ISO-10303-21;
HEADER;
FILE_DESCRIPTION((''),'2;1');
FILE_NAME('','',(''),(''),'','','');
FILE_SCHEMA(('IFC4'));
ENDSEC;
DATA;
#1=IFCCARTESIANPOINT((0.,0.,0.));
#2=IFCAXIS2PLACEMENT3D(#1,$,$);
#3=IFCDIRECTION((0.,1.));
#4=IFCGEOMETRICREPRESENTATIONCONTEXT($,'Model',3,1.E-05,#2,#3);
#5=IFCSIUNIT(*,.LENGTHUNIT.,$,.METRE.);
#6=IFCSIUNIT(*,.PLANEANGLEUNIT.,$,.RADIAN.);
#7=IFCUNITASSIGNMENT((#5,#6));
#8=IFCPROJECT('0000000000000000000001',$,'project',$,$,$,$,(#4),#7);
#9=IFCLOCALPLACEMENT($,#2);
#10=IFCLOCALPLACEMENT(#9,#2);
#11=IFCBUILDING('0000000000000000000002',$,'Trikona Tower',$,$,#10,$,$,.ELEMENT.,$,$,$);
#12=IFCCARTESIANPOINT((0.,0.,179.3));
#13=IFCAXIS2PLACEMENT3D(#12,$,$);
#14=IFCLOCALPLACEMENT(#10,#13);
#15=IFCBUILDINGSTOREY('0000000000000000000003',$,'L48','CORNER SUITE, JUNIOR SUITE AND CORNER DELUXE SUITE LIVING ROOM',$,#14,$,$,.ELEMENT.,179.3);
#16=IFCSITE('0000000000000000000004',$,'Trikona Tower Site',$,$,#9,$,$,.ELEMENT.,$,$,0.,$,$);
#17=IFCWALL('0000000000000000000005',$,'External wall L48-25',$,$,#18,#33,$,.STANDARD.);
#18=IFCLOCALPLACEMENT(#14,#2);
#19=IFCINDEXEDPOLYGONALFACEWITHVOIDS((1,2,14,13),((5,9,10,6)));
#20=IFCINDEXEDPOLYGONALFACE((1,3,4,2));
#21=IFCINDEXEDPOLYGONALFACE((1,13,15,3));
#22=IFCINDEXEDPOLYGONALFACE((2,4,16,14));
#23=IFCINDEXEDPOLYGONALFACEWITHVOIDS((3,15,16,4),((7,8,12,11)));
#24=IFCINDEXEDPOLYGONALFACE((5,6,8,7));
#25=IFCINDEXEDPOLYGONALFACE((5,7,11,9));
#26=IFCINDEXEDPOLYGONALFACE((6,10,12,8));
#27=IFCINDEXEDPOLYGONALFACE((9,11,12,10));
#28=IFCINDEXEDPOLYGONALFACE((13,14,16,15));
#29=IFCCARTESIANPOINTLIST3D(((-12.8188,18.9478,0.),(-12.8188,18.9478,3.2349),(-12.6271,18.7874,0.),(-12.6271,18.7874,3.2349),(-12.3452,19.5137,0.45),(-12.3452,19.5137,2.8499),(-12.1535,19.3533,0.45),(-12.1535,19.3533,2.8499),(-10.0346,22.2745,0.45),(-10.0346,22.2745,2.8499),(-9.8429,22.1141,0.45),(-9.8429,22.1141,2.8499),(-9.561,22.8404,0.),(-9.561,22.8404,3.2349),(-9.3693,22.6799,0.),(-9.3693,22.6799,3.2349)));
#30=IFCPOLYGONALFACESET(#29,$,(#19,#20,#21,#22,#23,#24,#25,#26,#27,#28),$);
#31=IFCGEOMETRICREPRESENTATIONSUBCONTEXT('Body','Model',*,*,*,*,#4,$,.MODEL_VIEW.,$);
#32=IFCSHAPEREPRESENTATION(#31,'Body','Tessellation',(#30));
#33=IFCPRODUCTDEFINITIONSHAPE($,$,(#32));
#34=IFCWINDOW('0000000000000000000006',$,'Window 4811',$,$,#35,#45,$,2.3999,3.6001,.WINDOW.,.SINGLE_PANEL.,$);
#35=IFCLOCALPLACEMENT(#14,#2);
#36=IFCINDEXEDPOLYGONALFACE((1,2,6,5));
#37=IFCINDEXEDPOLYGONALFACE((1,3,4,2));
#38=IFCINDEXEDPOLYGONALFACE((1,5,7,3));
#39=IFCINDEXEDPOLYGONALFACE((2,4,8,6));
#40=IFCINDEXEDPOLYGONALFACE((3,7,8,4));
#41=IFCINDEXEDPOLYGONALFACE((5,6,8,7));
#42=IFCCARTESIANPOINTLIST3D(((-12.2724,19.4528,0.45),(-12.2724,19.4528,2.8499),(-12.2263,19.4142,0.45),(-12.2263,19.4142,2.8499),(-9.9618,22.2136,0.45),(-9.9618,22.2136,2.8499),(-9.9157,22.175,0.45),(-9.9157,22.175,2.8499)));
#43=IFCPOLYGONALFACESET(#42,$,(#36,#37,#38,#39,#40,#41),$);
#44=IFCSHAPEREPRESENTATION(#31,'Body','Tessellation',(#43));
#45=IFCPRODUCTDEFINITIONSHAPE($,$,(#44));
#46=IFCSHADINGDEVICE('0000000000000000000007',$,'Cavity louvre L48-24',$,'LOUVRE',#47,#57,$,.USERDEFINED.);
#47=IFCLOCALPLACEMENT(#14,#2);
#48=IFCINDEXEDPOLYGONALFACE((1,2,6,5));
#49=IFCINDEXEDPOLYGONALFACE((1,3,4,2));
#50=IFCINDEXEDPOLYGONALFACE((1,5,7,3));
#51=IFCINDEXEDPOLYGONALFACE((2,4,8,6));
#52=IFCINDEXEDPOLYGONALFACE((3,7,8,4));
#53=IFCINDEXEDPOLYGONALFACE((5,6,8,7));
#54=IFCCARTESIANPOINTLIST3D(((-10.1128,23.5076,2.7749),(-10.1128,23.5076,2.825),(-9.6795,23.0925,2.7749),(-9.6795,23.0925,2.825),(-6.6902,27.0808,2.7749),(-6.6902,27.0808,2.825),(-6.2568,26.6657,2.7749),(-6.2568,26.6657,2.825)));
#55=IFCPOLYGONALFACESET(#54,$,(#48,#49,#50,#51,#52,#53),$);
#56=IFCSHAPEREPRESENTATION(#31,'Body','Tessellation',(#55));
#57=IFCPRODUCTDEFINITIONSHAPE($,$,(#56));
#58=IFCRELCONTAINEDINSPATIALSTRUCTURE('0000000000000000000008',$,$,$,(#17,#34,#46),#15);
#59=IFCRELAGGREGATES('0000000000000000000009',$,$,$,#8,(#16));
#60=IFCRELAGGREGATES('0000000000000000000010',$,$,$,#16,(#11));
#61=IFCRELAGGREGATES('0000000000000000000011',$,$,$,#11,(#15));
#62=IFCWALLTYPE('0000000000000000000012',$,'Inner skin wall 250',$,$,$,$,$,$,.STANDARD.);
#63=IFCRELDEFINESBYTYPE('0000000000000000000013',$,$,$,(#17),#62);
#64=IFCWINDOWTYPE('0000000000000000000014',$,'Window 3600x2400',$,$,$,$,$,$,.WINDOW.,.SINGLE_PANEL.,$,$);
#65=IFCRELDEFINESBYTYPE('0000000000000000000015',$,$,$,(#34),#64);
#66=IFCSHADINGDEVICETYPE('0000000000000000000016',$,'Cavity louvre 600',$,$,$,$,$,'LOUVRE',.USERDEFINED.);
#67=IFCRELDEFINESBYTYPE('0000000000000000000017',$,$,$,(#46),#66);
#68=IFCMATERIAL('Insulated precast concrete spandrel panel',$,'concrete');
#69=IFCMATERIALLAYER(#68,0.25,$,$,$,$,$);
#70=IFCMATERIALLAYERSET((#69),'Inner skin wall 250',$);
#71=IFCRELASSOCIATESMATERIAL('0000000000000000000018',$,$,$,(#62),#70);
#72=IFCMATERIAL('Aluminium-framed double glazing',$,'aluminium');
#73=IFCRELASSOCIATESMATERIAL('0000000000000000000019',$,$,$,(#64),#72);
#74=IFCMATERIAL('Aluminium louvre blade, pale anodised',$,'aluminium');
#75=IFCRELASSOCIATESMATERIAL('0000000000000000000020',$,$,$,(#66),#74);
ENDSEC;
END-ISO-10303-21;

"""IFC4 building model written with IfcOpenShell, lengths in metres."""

from ifc_helpers import new_model, si_unit, direction, frame, frame_2d, origin, origin_2d, place, context, subcontext, project, spatial, rectangle, extrude, material, layer, layer_set, type_object, element, fill, save


model = new_model("IFC4")

# Units and contexts
model_context = context("Model", 3, precision=1e-05, world=origin(), true_north=direction((0.0, 1.0)))
body_context = subcontext(model_context, "Body", "Model", "MODEL_VIEW")
ifc_project = project(units=[si_unit("LENGTHUNIT", "METRE"), si_unit("PLANEANGLEUNIT", "RADIAN")], contexts=[model_context])

# Site, building, storey
site_placement = place(None, origin())
site = spatial("IfcSite", under=ifc_project, at=site_placement, Name="Trikona Tower Site", CompositionType="ELEMENT", RefElevation=0.0)
building_placement = place(site_placement, origin())
building = spatial("IfcBuilding", under=site, at=building_placement, Name="Trikona Tower", CompositionType="ELEMENT")
storey_placement = place(building_placement, frame((0.0, 0.0, 179.3)))
storey = spatial("IfcBuildingStorey", under=building, at=storey_placement, Name="L48", Description="CORNER SUITE, JUNIOR SUITE AND CORNER DELUXE SUITE LIVING ROOM", CompositionType="ELEMENT", Elevation=179.3)

# Wall, opening, window
ifc_material_1 = material(Name="Insulated precast concrete spandrel panel", Category="concrete")
ifc_layer_1 = layer(ifc_material_1, 0.25)
ifc_layer_set_1 = layer_set([ifc_layer_1], Name="Inner skin wall 250")
wall_type_1 = type_object("IfcWallType", Name="Inner skin wall 250", PredefinedType="STANDARD", material=ifc_layer_set_1)
ifc_material_2 = material(Name="Aluminium-framed double glazing", Category="aluminium")
window_type_1 = type_object("IfcWindowType", Name="Window 3600x2400", PartitioningType="SINGLE_PANEL", PredefinedType="WINDOW", material=ifc_material_2)
wall_1_placement = place(storey_placement, frame((-9.4651, 22.7603, 0.0), z_axis=(0.0, 0.0, 1.0), x_axis=(-0.64181, -0.766863, 0.0)))
wall_1 = element("IfcWall", 1, at=wall_1_placement, inside=storey, type_object=wall_type_1, Name="External wall L48-25", PredefinedType="STANDARD", context=body_context, shape_type="SweptSolid", body=[
    extrude(rectangle(XDim=5.0759, YDim=0.25, at=frame_2d((2.5381, 0.0))), origin(), (0.0, 0.0, 1.0), 3.2349),
])
opening_1_placement = place(wall_1_placement, frame((0.738, 0.0, 0.45)))
opening_1 = element("IfcOpeningElement", 2, at=opening_1_placement, cuts=wall_1, PredefinedType="OPENING", context=body_context, shape_type="SweptSolid", body=[
    extrude(rectangle(XDim=3.6001, YDim=2.3999, at=frame_2d((1.8, 1.2))), frame((0.0, 0.135, 0.0), z_axis=(0.0, -1.0, 0.0), x_axis=(1.0, 0.0, 0.0)), (0.0, 0.0, 1.0), 0.27),
])
window_1_placement = place(opening_1_placement, origin())
window_1 = element("IfcWindow", 3, at=window_1_placement, inside=storey, type_object=window_type_1, Name="Window 4811", OverallHeight=2.3999, OverallWidth=3.6001, PartitioningType="SINGLE_PANEL", PredefinedType="WINDOW", context=body_context, shape_type="SweptSolid", body=[
    extrude(rectangle(XDim=3.6001, YDim=2.3999, at=frame_2d((1.8, 1.2))), frame((0.0, 0.03, 0.0), z_axis=(0.0, -1.0, 0.0), x_axis=(1.0, 0.0, 0.0)), (0.0, 0.0, 1.0), 0.0601),
])
fill(opening_1, window_1)

# Shading device
ifc_material_3 = material(Name="Aluminium louvre blade, pale anodised", Category="aluminium")
shading_device_type = type_object("IfcShadingDeviceType", Name="Cavity louvre 600", ElementType="LOUVRE", PredefinedType="USERDEFINED", material=ifc_material_3)
shading_device_placement = place(storey_placement, frame((-8.1848, 25.0867, 2.7749), z_axis=(0.0, 0.0, 1.0), x_axis=(-0.691724, -0.722162, 0.0)))
element("IfcShadingDevice", 4, at=shading_device_placement, inside=storey, type_object=shading_device_type, Name="Cavity louvre L48-24", ObjectType="LOUVRE", PredefinedType="USERDEFINED", context=body_context, shape_type="SweptSolid", body=[
    extrude(rectangle(XDim=4.948, YDim=0.6001, at=origin_2d()), origin(), (0.0, 0.0, 1.0), 0.05),
])

save(model, "model.ifc")
